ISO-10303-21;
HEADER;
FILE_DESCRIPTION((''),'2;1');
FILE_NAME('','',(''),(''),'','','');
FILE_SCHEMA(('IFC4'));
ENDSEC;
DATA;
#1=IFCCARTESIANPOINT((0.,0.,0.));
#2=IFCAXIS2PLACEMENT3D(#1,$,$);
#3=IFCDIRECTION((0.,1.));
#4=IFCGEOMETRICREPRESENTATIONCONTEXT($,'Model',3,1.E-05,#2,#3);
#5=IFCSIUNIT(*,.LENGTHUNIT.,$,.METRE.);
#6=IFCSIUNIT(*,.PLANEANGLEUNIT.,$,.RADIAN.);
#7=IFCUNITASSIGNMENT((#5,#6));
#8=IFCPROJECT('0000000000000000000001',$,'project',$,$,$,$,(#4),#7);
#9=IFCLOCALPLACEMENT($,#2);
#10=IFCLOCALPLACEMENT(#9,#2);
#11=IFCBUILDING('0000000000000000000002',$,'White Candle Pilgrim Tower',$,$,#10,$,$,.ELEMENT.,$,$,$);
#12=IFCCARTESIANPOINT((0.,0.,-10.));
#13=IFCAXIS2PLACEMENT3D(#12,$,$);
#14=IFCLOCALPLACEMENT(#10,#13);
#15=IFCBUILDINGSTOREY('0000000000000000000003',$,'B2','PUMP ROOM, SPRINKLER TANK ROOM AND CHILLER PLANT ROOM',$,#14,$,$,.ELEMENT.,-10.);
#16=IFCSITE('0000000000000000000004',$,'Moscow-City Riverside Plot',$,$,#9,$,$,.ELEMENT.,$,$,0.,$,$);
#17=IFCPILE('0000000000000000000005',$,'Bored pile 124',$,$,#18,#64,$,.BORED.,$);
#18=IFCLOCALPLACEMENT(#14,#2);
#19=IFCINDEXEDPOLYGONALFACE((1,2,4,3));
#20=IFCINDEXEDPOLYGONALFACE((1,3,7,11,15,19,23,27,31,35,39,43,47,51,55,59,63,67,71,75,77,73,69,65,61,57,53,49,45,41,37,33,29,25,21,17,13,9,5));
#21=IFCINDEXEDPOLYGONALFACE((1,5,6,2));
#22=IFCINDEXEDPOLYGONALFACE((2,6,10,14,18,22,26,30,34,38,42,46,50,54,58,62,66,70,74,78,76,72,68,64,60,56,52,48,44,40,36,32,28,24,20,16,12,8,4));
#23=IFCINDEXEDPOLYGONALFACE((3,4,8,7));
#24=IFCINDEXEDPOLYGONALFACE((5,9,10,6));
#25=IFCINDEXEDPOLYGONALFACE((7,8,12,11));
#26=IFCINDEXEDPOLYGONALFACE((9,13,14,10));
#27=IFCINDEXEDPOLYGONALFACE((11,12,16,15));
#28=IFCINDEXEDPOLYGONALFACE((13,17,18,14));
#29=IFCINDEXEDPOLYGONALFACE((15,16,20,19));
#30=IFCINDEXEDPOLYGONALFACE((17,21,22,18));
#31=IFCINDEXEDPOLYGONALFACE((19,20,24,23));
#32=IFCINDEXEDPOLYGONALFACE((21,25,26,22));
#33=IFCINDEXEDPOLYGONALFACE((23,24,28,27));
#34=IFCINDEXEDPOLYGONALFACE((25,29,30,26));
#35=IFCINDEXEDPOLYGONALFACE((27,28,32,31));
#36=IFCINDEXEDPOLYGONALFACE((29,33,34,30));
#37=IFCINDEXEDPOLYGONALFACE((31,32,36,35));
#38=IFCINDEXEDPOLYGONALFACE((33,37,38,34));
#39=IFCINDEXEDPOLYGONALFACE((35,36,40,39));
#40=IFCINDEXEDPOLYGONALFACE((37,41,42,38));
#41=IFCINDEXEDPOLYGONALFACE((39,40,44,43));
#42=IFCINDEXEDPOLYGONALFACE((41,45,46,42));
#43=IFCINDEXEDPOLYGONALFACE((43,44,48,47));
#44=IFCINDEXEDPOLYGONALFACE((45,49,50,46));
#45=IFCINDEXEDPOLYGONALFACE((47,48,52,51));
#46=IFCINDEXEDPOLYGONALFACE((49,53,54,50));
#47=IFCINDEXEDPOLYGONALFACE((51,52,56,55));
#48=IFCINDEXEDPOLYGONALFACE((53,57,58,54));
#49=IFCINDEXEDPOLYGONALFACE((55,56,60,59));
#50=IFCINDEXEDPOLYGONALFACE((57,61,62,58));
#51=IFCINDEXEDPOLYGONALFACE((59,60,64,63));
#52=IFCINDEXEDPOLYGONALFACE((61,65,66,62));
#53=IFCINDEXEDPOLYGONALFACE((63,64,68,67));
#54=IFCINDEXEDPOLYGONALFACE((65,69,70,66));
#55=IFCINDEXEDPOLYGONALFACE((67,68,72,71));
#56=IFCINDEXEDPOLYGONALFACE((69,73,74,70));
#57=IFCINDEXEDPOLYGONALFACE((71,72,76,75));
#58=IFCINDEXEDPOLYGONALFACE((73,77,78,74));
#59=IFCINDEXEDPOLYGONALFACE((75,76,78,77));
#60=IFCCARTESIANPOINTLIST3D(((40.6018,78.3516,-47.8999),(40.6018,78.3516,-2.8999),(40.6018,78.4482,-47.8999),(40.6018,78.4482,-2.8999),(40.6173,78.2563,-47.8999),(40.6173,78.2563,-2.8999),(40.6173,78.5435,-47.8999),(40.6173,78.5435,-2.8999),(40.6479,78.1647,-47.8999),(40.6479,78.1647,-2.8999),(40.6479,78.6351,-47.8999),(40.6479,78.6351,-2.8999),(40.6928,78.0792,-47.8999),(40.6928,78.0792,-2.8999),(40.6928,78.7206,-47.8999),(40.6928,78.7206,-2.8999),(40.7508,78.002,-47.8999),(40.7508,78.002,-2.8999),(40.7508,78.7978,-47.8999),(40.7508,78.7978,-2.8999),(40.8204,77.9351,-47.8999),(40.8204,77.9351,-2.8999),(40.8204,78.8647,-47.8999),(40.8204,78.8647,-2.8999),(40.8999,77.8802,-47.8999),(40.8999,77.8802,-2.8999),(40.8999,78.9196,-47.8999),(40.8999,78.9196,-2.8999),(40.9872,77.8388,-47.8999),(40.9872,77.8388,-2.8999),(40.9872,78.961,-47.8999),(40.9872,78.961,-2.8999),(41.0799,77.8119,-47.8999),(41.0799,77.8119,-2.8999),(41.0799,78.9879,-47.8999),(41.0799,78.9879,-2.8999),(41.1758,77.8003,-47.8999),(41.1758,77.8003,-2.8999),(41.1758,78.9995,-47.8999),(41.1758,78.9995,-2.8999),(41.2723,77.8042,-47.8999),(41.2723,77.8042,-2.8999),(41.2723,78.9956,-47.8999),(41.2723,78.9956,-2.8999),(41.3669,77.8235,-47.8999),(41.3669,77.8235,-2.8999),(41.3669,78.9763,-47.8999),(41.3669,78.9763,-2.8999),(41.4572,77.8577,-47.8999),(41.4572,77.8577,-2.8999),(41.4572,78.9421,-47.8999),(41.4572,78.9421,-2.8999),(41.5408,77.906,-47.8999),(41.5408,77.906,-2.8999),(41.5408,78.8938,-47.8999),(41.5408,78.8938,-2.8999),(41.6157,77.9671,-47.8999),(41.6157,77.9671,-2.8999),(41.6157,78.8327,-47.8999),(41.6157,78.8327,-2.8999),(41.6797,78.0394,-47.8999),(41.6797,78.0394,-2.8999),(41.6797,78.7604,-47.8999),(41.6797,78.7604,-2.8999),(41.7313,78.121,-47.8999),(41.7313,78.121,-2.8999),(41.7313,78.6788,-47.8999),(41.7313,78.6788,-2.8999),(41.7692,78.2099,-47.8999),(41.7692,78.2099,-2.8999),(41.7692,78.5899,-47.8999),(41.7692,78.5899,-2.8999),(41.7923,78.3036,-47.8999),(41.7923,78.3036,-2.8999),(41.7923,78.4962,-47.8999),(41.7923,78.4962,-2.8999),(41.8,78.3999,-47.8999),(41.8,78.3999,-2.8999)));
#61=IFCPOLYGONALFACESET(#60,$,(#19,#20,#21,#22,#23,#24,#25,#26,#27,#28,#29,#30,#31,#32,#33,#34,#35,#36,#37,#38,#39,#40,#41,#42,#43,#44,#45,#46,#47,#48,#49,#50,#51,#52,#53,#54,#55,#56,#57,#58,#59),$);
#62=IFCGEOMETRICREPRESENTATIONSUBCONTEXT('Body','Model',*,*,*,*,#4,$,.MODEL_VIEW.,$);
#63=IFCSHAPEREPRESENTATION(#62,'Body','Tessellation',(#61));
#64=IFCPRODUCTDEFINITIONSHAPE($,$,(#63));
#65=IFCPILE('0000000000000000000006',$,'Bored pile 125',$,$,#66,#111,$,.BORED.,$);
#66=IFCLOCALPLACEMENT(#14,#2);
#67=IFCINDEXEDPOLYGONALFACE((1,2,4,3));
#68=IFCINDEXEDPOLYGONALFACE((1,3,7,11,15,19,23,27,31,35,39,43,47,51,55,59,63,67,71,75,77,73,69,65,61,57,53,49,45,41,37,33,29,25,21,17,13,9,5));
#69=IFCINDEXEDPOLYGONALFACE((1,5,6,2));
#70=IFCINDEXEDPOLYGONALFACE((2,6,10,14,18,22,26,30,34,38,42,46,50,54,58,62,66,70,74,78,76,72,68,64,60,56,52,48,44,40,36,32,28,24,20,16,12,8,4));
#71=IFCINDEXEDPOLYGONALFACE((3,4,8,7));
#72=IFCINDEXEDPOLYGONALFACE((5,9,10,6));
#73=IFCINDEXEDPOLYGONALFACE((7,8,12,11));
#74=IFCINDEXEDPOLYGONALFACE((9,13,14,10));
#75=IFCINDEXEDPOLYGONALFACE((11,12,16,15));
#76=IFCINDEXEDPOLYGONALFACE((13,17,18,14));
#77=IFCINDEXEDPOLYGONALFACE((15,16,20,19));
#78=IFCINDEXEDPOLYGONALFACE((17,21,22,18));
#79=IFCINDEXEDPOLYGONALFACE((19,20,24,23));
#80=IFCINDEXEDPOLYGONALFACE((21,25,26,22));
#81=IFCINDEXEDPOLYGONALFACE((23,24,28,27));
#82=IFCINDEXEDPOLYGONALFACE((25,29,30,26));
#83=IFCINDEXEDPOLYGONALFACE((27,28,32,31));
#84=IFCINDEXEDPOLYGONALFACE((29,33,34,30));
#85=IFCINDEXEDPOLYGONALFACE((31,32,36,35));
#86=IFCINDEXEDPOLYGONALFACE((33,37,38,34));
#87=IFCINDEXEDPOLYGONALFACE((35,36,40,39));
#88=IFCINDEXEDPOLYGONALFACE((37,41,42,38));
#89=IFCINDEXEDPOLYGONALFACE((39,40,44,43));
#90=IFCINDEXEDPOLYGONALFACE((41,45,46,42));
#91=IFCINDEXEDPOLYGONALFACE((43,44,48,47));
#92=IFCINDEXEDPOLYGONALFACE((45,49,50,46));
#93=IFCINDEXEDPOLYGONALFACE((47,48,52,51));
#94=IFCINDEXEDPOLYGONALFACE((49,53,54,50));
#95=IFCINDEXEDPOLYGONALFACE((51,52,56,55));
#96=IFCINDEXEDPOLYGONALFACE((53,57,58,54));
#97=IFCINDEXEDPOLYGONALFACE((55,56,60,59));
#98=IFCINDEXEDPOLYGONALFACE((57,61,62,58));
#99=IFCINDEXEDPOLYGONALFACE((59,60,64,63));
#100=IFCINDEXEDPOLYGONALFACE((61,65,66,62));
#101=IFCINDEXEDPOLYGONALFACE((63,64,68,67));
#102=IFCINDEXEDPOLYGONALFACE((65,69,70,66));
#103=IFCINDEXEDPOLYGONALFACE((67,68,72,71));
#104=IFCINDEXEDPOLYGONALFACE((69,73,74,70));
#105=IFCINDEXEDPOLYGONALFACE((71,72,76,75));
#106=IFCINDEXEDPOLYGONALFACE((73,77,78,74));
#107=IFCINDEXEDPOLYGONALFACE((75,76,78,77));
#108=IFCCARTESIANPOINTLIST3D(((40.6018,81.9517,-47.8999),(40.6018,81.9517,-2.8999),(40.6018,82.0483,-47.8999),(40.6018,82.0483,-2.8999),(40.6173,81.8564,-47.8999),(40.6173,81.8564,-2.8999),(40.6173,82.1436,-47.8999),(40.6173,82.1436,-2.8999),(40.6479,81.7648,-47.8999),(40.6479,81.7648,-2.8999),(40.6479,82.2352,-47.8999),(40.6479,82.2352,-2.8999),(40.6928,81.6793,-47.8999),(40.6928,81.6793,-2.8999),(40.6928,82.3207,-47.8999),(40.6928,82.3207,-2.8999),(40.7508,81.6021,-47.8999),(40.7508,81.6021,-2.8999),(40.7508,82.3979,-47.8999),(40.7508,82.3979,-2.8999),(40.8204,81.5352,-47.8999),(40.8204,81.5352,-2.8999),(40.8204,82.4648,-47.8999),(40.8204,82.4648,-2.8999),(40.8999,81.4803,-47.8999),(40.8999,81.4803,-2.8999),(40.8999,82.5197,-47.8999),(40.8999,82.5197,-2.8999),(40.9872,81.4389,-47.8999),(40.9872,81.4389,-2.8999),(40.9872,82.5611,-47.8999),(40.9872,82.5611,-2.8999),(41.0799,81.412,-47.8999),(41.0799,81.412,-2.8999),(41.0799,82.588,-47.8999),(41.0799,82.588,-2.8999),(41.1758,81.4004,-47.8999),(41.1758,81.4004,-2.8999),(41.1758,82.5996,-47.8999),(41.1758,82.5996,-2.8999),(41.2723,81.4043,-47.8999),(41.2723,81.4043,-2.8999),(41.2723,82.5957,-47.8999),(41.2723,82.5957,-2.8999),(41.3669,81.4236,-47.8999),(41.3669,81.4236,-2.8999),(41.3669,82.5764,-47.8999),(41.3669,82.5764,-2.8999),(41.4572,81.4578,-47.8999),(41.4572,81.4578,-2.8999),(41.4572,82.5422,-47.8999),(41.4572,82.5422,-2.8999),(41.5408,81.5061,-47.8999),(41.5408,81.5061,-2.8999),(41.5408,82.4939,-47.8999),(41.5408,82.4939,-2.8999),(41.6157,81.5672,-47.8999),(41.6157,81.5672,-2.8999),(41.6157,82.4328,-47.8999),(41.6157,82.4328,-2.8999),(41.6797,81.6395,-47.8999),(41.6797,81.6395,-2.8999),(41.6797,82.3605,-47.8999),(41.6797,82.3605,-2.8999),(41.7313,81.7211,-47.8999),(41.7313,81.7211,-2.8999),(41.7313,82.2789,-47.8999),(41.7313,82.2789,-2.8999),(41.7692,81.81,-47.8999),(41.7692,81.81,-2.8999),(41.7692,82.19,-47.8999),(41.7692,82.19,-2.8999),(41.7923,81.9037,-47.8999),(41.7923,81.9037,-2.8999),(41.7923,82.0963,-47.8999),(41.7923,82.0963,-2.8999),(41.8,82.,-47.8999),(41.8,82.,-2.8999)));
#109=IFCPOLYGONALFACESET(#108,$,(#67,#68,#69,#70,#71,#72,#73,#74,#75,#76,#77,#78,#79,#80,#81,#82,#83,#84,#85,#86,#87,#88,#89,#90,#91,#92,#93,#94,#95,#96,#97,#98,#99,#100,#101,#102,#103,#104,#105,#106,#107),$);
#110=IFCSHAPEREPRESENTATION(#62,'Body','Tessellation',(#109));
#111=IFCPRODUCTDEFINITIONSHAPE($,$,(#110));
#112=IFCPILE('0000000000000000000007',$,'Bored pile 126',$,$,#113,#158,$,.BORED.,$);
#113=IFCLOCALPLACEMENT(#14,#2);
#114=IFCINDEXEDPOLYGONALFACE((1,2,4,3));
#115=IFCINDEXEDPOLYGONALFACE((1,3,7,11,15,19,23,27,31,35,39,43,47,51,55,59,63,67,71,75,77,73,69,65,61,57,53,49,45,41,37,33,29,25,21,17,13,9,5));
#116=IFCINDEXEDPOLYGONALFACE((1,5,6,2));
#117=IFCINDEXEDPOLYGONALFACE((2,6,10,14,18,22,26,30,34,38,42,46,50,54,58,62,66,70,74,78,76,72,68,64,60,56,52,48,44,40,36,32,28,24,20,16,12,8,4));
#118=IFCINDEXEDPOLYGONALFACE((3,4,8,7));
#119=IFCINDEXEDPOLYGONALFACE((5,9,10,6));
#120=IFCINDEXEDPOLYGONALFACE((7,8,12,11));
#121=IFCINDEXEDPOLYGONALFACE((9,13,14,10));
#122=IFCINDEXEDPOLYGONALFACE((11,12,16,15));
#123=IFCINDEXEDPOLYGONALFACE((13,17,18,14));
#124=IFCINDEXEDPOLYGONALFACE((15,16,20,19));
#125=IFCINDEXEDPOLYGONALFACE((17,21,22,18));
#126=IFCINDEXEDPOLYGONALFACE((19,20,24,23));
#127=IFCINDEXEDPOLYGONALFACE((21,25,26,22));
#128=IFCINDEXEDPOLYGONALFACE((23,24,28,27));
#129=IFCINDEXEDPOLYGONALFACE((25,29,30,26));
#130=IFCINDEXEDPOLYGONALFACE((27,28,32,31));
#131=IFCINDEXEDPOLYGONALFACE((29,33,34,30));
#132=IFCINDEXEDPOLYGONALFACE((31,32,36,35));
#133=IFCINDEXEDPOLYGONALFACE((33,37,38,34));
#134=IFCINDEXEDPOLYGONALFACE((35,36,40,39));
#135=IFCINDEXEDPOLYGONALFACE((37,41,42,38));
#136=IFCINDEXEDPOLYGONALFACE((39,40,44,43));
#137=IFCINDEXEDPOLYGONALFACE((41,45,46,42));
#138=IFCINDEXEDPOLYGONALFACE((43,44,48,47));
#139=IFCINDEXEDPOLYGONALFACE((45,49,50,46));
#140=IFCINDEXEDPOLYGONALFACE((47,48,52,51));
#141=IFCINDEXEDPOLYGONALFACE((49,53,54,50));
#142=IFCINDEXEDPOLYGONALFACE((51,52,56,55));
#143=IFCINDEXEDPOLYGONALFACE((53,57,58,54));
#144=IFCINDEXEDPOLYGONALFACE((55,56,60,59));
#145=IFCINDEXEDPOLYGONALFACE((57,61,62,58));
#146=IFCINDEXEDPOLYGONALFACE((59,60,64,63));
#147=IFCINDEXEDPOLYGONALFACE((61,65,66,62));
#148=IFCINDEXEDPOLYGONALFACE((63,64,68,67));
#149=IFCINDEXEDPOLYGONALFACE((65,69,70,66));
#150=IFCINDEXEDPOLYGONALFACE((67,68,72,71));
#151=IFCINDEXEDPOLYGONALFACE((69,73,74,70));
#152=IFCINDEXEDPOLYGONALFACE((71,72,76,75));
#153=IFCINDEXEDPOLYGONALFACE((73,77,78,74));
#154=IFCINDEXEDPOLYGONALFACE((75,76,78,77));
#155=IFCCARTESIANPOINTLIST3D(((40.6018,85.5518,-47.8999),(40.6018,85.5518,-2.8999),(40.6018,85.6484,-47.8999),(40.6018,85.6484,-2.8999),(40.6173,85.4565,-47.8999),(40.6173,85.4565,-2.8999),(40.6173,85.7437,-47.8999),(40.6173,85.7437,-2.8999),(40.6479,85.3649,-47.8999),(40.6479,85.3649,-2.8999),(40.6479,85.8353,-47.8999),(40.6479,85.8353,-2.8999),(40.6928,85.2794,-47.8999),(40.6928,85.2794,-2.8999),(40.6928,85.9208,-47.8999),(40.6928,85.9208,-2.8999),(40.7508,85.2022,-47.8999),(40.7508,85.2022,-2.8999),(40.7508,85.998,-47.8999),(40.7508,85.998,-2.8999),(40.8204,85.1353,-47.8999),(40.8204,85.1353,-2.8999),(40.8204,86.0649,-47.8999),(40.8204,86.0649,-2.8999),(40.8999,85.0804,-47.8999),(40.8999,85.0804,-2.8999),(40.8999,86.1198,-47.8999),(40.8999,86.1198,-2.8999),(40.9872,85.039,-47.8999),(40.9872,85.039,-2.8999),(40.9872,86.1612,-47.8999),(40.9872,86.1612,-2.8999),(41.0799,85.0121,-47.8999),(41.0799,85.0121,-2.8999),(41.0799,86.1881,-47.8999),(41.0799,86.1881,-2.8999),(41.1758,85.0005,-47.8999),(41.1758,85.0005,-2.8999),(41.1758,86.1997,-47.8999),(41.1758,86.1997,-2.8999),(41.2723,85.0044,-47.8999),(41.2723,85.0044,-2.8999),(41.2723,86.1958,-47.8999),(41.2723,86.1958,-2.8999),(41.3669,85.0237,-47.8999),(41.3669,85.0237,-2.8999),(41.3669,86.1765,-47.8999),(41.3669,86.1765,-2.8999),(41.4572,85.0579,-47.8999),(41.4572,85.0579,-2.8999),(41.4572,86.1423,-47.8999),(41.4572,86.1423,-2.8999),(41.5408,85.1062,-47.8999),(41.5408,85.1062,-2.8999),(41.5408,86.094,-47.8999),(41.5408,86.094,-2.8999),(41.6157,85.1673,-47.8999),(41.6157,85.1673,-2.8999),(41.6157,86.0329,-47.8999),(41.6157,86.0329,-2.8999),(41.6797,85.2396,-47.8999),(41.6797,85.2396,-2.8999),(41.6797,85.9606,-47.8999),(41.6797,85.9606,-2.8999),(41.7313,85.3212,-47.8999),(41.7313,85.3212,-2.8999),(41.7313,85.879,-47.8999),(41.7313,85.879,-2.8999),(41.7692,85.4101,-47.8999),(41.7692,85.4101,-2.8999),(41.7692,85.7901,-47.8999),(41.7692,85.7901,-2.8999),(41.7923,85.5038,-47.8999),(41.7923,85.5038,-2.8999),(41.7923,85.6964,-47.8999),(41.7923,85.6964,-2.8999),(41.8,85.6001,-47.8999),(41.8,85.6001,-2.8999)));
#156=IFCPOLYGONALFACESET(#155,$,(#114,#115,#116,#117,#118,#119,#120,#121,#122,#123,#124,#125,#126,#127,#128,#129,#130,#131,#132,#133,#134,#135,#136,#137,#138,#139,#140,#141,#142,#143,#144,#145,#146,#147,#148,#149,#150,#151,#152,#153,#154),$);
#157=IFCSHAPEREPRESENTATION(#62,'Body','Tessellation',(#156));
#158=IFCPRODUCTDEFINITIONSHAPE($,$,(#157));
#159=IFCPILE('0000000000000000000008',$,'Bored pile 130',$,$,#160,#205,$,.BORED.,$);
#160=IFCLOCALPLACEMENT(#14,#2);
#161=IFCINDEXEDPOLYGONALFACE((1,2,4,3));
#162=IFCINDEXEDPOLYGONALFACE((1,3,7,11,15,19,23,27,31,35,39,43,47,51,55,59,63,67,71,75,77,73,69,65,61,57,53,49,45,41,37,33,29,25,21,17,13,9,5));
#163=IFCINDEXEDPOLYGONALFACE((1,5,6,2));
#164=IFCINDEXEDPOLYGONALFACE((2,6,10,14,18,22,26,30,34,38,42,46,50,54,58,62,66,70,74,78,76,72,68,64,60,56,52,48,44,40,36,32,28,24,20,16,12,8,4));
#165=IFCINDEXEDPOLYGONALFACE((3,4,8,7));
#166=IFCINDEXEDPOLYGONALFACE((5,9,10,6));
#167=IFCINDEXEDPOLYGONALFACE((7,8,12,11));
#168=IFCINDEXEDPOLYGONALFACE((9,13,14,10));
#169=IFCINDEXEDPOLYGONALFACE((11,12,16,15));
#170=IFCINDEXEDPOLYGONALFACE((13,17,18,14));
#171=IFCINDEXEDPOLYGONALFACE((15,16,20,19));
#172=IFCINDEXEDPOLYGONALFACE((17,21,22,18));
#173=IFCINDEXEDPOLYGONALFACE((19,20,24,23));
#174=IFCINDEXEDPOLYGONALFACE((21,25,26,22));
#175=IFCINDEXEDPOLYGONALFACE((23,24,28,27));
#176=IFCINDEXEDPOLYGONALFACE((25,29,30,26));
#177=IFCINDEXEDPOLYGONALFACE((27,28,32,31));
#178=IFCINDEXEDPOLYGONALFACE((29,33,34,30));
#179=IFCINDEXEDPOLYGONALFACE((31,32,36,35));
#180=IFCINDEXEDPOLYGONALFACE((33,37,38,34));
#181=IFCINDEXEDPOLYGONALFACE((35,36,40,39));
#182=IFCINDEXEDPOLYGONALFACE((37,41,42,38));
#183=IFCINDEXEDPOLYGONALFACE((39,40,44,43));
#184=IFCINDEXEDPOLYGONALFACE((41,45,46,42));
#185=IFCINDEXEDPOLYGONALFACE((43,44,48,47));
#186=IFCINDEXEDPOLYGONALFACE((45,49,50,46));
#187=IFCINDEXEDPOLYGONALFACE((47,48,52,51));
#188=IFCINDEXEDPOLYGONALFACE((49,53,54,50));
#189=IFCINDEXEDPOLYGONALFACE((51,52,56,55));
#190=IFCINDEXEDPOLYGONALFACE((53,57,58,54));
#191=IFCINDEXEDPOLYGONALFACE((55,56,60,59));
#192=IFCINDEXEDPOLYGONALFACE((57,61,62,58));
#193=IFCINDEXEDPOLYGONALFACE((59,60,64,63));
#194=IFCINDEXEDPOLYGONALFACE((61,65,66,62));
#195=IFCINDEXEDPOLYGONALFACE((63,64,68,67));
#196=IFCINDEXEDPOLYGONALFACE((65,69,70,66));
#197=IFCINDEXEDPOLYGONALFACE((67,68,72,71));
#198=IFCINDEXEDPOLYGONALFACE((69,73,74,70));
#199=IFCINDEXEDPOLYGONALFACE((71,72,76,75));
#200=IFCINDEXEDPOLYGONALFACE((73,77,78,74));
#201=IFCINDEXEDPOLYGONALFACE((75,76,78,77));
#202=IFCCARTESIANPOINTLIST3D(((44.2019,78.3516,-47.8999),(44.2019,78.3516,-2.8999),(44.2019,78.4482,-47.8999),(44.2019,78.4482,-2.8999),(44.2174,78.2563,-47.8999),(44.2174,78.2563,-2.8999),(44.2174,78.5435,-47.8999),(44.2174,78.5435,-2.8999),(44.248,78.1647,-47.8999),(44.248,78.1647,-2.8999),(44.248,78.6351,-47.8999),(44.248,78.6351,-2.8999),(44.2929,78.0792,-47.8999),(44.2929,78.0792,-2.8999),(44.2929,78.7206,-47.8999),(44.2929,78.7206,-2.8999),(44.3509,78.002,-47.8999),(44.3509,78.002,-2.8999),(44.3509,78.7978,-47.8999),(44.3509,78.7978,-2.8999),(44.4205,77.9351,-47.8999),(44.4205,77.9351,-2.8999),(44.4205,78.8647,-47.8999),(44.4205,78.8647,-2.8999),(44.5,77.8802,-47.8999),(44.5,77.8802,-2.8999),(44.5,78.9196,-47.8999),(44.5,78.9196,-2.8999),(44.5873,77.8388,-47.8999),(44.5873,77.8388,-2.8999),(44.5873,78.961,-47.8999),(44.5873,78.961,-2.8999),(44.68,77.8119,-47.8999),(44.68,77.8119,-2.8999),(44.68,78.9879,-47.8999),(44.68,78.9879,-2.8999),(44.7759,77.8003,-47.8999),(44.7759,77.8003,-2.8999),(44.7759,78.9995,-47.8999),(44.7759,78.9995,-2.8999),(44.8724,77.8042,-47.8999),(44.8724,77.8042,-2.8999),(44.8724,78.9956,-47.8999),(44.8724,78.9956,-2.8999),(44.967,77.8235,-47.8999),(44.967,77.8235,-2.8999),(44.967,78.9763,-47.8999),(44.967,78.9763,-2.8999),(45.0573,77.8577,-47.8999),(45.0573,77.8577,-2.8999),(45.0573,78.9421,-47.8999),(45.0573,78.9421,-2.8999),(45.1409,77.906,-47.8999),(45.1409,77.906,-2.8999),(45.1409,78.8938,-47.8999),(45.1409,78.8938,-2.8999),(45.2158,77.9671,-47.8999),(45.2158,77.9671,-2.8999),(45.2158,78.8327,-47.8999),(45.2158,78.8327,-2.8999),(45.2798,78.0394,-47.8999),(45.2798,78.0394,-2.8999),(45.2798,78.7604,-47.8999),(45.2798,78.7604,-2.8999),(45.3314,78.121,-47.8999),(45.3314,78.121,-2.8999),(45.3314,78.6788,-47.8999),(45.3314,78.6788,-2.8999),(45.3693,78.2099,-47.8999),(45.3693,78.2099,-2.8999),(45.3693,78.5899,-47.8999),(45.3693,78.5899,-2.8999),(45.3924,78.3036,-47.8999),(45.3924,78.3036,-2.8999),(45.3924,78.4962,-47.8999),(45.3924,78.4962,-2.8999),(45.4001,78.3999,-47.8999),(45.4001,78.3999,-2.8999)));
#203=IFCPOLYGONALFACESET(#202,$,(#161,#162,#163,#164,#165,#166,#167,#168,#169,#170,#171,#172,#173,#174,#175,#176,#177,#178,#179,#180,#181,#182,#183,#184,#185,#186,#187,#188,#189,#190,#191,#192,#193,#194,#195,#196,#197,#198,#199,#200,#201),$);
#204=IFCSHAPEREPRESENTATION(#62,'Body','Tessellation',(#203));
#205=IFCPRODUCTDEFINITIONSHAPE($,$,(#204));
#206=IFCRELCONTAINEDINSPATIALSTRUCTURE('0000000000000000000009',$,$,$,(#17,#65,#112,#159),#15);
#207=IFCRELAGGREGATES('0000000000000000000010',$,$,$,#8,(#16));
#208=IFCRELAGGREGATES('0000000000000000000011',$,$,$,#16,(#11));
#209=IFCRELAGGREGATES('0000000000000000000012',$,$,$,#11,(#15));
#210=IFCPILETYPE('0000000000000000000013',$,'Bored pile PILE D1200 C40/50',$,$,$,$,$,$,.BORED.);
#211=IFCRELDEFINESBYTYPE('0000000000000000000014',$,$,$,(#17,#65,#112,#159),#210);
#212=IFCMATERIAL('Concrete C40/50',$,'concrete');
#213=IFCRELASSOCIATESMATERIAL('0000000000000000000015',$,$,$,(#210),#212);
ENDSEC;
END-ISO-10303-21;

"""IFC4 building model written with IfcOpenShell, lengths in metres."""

from ifc_helpers import new_model, si_unit, direction, frame, origin, origin_2d, place, context, subcontext, project, spatial, circle, extrude, material, material_profile, profile_set, type_object, element, save


model = new_model("IFC4")

# Units and contexts
model_context = context("Model", 3, precision=1e-05, world=origin(), true_north=direction((0.0, 1.0)))
body_context = subcontext(model_context, "Body", "Model", "MODEL_VIEW")
ifc_project = project(units=[si_unit("LENGTHUNIT", "METRE"), si_unit("PLANEANGLEUNIT", "RADIAN")], contexts=[model_context])

# Site, building, storey
site_placement = place(None, origin())
site = spatial("IfcSite", under=ifc_project, at=site_placement, Name="Moscow-City Riverside Plot", CompositionType="ELEMENT", RefElevation=0.0)
building_placement = place(site_placement, origin())
building = spatial("IfcBuilding", under=site, at=building_placement, Name="White Candle Pilgrim Tower", CompositionType="ELEMENT")
storey_placement = place(building_placement, frame((0.0, 0.0, -10.0)))
storey = spatial("IfcBuildingStorey", under=building, at=storey_placement, Name="B2", Description="PUMP ROOM, SPRINKLER TANK ROOM AND CHILLER PLANT ROOM", CompositionType="ELEMENT", Elevation=-10.0)

# Piles
ifc_material_1 = material(Name="Concrete C40/50", Category="concrete")
ifc_material_profile_1 = material_profile(ifc_material_1, circle(Radius=0.6001, at=origin_2d()), Name="PILE D1200")
ifc_profile_set_1 = profile_set([ifc_material_profile_1], Name="Concrete C40/50")
pile_type_1 = type_object("IfcPileType", Name="Bored pile PILE D1200 C40/50", PredefinedType="BORED", material=ifc_profile_set_1)
for number, where, z_axis, x_axis, name in (
    (1, (41.2, 78.3999, -2.8999), (0.0, 0.0, -1.0), (1.0, 0.0, 0.0), "Bored pile 124"),
    (2, (41.2, 82.0, -2.8999), (0.0, 0.0, -1.0), (1.0, 0.0, 0.0), "Bored pile 125"),
    (3, (41.2, 85.6001, -2.8999), (0.0, 0.0, -1.0), (1.0, 0.0, 0.0), "Bored pile 126"),
    (4, (44.8, 78.3999, -2.8999), (0.0, 0.0, -1.0), (1.0, 0.0, 0.0), "Bored pile 130"),
):
    element("IfcPile", number, at=place(storey_placement, frame(where, z_axis=z_axis, x_axis=x_axis)), inside=storey, type_object=pile_type_1, Name=name, PredefinedType="BORED", context=body_context, shape_type="SweptSolid", body=[
        extrude(circle(Radius=0.6001, at=origin_2d()), origin(), (0.0, 0.0, 1.0), 45.0),
    ])

save(model, "model.ifc")
